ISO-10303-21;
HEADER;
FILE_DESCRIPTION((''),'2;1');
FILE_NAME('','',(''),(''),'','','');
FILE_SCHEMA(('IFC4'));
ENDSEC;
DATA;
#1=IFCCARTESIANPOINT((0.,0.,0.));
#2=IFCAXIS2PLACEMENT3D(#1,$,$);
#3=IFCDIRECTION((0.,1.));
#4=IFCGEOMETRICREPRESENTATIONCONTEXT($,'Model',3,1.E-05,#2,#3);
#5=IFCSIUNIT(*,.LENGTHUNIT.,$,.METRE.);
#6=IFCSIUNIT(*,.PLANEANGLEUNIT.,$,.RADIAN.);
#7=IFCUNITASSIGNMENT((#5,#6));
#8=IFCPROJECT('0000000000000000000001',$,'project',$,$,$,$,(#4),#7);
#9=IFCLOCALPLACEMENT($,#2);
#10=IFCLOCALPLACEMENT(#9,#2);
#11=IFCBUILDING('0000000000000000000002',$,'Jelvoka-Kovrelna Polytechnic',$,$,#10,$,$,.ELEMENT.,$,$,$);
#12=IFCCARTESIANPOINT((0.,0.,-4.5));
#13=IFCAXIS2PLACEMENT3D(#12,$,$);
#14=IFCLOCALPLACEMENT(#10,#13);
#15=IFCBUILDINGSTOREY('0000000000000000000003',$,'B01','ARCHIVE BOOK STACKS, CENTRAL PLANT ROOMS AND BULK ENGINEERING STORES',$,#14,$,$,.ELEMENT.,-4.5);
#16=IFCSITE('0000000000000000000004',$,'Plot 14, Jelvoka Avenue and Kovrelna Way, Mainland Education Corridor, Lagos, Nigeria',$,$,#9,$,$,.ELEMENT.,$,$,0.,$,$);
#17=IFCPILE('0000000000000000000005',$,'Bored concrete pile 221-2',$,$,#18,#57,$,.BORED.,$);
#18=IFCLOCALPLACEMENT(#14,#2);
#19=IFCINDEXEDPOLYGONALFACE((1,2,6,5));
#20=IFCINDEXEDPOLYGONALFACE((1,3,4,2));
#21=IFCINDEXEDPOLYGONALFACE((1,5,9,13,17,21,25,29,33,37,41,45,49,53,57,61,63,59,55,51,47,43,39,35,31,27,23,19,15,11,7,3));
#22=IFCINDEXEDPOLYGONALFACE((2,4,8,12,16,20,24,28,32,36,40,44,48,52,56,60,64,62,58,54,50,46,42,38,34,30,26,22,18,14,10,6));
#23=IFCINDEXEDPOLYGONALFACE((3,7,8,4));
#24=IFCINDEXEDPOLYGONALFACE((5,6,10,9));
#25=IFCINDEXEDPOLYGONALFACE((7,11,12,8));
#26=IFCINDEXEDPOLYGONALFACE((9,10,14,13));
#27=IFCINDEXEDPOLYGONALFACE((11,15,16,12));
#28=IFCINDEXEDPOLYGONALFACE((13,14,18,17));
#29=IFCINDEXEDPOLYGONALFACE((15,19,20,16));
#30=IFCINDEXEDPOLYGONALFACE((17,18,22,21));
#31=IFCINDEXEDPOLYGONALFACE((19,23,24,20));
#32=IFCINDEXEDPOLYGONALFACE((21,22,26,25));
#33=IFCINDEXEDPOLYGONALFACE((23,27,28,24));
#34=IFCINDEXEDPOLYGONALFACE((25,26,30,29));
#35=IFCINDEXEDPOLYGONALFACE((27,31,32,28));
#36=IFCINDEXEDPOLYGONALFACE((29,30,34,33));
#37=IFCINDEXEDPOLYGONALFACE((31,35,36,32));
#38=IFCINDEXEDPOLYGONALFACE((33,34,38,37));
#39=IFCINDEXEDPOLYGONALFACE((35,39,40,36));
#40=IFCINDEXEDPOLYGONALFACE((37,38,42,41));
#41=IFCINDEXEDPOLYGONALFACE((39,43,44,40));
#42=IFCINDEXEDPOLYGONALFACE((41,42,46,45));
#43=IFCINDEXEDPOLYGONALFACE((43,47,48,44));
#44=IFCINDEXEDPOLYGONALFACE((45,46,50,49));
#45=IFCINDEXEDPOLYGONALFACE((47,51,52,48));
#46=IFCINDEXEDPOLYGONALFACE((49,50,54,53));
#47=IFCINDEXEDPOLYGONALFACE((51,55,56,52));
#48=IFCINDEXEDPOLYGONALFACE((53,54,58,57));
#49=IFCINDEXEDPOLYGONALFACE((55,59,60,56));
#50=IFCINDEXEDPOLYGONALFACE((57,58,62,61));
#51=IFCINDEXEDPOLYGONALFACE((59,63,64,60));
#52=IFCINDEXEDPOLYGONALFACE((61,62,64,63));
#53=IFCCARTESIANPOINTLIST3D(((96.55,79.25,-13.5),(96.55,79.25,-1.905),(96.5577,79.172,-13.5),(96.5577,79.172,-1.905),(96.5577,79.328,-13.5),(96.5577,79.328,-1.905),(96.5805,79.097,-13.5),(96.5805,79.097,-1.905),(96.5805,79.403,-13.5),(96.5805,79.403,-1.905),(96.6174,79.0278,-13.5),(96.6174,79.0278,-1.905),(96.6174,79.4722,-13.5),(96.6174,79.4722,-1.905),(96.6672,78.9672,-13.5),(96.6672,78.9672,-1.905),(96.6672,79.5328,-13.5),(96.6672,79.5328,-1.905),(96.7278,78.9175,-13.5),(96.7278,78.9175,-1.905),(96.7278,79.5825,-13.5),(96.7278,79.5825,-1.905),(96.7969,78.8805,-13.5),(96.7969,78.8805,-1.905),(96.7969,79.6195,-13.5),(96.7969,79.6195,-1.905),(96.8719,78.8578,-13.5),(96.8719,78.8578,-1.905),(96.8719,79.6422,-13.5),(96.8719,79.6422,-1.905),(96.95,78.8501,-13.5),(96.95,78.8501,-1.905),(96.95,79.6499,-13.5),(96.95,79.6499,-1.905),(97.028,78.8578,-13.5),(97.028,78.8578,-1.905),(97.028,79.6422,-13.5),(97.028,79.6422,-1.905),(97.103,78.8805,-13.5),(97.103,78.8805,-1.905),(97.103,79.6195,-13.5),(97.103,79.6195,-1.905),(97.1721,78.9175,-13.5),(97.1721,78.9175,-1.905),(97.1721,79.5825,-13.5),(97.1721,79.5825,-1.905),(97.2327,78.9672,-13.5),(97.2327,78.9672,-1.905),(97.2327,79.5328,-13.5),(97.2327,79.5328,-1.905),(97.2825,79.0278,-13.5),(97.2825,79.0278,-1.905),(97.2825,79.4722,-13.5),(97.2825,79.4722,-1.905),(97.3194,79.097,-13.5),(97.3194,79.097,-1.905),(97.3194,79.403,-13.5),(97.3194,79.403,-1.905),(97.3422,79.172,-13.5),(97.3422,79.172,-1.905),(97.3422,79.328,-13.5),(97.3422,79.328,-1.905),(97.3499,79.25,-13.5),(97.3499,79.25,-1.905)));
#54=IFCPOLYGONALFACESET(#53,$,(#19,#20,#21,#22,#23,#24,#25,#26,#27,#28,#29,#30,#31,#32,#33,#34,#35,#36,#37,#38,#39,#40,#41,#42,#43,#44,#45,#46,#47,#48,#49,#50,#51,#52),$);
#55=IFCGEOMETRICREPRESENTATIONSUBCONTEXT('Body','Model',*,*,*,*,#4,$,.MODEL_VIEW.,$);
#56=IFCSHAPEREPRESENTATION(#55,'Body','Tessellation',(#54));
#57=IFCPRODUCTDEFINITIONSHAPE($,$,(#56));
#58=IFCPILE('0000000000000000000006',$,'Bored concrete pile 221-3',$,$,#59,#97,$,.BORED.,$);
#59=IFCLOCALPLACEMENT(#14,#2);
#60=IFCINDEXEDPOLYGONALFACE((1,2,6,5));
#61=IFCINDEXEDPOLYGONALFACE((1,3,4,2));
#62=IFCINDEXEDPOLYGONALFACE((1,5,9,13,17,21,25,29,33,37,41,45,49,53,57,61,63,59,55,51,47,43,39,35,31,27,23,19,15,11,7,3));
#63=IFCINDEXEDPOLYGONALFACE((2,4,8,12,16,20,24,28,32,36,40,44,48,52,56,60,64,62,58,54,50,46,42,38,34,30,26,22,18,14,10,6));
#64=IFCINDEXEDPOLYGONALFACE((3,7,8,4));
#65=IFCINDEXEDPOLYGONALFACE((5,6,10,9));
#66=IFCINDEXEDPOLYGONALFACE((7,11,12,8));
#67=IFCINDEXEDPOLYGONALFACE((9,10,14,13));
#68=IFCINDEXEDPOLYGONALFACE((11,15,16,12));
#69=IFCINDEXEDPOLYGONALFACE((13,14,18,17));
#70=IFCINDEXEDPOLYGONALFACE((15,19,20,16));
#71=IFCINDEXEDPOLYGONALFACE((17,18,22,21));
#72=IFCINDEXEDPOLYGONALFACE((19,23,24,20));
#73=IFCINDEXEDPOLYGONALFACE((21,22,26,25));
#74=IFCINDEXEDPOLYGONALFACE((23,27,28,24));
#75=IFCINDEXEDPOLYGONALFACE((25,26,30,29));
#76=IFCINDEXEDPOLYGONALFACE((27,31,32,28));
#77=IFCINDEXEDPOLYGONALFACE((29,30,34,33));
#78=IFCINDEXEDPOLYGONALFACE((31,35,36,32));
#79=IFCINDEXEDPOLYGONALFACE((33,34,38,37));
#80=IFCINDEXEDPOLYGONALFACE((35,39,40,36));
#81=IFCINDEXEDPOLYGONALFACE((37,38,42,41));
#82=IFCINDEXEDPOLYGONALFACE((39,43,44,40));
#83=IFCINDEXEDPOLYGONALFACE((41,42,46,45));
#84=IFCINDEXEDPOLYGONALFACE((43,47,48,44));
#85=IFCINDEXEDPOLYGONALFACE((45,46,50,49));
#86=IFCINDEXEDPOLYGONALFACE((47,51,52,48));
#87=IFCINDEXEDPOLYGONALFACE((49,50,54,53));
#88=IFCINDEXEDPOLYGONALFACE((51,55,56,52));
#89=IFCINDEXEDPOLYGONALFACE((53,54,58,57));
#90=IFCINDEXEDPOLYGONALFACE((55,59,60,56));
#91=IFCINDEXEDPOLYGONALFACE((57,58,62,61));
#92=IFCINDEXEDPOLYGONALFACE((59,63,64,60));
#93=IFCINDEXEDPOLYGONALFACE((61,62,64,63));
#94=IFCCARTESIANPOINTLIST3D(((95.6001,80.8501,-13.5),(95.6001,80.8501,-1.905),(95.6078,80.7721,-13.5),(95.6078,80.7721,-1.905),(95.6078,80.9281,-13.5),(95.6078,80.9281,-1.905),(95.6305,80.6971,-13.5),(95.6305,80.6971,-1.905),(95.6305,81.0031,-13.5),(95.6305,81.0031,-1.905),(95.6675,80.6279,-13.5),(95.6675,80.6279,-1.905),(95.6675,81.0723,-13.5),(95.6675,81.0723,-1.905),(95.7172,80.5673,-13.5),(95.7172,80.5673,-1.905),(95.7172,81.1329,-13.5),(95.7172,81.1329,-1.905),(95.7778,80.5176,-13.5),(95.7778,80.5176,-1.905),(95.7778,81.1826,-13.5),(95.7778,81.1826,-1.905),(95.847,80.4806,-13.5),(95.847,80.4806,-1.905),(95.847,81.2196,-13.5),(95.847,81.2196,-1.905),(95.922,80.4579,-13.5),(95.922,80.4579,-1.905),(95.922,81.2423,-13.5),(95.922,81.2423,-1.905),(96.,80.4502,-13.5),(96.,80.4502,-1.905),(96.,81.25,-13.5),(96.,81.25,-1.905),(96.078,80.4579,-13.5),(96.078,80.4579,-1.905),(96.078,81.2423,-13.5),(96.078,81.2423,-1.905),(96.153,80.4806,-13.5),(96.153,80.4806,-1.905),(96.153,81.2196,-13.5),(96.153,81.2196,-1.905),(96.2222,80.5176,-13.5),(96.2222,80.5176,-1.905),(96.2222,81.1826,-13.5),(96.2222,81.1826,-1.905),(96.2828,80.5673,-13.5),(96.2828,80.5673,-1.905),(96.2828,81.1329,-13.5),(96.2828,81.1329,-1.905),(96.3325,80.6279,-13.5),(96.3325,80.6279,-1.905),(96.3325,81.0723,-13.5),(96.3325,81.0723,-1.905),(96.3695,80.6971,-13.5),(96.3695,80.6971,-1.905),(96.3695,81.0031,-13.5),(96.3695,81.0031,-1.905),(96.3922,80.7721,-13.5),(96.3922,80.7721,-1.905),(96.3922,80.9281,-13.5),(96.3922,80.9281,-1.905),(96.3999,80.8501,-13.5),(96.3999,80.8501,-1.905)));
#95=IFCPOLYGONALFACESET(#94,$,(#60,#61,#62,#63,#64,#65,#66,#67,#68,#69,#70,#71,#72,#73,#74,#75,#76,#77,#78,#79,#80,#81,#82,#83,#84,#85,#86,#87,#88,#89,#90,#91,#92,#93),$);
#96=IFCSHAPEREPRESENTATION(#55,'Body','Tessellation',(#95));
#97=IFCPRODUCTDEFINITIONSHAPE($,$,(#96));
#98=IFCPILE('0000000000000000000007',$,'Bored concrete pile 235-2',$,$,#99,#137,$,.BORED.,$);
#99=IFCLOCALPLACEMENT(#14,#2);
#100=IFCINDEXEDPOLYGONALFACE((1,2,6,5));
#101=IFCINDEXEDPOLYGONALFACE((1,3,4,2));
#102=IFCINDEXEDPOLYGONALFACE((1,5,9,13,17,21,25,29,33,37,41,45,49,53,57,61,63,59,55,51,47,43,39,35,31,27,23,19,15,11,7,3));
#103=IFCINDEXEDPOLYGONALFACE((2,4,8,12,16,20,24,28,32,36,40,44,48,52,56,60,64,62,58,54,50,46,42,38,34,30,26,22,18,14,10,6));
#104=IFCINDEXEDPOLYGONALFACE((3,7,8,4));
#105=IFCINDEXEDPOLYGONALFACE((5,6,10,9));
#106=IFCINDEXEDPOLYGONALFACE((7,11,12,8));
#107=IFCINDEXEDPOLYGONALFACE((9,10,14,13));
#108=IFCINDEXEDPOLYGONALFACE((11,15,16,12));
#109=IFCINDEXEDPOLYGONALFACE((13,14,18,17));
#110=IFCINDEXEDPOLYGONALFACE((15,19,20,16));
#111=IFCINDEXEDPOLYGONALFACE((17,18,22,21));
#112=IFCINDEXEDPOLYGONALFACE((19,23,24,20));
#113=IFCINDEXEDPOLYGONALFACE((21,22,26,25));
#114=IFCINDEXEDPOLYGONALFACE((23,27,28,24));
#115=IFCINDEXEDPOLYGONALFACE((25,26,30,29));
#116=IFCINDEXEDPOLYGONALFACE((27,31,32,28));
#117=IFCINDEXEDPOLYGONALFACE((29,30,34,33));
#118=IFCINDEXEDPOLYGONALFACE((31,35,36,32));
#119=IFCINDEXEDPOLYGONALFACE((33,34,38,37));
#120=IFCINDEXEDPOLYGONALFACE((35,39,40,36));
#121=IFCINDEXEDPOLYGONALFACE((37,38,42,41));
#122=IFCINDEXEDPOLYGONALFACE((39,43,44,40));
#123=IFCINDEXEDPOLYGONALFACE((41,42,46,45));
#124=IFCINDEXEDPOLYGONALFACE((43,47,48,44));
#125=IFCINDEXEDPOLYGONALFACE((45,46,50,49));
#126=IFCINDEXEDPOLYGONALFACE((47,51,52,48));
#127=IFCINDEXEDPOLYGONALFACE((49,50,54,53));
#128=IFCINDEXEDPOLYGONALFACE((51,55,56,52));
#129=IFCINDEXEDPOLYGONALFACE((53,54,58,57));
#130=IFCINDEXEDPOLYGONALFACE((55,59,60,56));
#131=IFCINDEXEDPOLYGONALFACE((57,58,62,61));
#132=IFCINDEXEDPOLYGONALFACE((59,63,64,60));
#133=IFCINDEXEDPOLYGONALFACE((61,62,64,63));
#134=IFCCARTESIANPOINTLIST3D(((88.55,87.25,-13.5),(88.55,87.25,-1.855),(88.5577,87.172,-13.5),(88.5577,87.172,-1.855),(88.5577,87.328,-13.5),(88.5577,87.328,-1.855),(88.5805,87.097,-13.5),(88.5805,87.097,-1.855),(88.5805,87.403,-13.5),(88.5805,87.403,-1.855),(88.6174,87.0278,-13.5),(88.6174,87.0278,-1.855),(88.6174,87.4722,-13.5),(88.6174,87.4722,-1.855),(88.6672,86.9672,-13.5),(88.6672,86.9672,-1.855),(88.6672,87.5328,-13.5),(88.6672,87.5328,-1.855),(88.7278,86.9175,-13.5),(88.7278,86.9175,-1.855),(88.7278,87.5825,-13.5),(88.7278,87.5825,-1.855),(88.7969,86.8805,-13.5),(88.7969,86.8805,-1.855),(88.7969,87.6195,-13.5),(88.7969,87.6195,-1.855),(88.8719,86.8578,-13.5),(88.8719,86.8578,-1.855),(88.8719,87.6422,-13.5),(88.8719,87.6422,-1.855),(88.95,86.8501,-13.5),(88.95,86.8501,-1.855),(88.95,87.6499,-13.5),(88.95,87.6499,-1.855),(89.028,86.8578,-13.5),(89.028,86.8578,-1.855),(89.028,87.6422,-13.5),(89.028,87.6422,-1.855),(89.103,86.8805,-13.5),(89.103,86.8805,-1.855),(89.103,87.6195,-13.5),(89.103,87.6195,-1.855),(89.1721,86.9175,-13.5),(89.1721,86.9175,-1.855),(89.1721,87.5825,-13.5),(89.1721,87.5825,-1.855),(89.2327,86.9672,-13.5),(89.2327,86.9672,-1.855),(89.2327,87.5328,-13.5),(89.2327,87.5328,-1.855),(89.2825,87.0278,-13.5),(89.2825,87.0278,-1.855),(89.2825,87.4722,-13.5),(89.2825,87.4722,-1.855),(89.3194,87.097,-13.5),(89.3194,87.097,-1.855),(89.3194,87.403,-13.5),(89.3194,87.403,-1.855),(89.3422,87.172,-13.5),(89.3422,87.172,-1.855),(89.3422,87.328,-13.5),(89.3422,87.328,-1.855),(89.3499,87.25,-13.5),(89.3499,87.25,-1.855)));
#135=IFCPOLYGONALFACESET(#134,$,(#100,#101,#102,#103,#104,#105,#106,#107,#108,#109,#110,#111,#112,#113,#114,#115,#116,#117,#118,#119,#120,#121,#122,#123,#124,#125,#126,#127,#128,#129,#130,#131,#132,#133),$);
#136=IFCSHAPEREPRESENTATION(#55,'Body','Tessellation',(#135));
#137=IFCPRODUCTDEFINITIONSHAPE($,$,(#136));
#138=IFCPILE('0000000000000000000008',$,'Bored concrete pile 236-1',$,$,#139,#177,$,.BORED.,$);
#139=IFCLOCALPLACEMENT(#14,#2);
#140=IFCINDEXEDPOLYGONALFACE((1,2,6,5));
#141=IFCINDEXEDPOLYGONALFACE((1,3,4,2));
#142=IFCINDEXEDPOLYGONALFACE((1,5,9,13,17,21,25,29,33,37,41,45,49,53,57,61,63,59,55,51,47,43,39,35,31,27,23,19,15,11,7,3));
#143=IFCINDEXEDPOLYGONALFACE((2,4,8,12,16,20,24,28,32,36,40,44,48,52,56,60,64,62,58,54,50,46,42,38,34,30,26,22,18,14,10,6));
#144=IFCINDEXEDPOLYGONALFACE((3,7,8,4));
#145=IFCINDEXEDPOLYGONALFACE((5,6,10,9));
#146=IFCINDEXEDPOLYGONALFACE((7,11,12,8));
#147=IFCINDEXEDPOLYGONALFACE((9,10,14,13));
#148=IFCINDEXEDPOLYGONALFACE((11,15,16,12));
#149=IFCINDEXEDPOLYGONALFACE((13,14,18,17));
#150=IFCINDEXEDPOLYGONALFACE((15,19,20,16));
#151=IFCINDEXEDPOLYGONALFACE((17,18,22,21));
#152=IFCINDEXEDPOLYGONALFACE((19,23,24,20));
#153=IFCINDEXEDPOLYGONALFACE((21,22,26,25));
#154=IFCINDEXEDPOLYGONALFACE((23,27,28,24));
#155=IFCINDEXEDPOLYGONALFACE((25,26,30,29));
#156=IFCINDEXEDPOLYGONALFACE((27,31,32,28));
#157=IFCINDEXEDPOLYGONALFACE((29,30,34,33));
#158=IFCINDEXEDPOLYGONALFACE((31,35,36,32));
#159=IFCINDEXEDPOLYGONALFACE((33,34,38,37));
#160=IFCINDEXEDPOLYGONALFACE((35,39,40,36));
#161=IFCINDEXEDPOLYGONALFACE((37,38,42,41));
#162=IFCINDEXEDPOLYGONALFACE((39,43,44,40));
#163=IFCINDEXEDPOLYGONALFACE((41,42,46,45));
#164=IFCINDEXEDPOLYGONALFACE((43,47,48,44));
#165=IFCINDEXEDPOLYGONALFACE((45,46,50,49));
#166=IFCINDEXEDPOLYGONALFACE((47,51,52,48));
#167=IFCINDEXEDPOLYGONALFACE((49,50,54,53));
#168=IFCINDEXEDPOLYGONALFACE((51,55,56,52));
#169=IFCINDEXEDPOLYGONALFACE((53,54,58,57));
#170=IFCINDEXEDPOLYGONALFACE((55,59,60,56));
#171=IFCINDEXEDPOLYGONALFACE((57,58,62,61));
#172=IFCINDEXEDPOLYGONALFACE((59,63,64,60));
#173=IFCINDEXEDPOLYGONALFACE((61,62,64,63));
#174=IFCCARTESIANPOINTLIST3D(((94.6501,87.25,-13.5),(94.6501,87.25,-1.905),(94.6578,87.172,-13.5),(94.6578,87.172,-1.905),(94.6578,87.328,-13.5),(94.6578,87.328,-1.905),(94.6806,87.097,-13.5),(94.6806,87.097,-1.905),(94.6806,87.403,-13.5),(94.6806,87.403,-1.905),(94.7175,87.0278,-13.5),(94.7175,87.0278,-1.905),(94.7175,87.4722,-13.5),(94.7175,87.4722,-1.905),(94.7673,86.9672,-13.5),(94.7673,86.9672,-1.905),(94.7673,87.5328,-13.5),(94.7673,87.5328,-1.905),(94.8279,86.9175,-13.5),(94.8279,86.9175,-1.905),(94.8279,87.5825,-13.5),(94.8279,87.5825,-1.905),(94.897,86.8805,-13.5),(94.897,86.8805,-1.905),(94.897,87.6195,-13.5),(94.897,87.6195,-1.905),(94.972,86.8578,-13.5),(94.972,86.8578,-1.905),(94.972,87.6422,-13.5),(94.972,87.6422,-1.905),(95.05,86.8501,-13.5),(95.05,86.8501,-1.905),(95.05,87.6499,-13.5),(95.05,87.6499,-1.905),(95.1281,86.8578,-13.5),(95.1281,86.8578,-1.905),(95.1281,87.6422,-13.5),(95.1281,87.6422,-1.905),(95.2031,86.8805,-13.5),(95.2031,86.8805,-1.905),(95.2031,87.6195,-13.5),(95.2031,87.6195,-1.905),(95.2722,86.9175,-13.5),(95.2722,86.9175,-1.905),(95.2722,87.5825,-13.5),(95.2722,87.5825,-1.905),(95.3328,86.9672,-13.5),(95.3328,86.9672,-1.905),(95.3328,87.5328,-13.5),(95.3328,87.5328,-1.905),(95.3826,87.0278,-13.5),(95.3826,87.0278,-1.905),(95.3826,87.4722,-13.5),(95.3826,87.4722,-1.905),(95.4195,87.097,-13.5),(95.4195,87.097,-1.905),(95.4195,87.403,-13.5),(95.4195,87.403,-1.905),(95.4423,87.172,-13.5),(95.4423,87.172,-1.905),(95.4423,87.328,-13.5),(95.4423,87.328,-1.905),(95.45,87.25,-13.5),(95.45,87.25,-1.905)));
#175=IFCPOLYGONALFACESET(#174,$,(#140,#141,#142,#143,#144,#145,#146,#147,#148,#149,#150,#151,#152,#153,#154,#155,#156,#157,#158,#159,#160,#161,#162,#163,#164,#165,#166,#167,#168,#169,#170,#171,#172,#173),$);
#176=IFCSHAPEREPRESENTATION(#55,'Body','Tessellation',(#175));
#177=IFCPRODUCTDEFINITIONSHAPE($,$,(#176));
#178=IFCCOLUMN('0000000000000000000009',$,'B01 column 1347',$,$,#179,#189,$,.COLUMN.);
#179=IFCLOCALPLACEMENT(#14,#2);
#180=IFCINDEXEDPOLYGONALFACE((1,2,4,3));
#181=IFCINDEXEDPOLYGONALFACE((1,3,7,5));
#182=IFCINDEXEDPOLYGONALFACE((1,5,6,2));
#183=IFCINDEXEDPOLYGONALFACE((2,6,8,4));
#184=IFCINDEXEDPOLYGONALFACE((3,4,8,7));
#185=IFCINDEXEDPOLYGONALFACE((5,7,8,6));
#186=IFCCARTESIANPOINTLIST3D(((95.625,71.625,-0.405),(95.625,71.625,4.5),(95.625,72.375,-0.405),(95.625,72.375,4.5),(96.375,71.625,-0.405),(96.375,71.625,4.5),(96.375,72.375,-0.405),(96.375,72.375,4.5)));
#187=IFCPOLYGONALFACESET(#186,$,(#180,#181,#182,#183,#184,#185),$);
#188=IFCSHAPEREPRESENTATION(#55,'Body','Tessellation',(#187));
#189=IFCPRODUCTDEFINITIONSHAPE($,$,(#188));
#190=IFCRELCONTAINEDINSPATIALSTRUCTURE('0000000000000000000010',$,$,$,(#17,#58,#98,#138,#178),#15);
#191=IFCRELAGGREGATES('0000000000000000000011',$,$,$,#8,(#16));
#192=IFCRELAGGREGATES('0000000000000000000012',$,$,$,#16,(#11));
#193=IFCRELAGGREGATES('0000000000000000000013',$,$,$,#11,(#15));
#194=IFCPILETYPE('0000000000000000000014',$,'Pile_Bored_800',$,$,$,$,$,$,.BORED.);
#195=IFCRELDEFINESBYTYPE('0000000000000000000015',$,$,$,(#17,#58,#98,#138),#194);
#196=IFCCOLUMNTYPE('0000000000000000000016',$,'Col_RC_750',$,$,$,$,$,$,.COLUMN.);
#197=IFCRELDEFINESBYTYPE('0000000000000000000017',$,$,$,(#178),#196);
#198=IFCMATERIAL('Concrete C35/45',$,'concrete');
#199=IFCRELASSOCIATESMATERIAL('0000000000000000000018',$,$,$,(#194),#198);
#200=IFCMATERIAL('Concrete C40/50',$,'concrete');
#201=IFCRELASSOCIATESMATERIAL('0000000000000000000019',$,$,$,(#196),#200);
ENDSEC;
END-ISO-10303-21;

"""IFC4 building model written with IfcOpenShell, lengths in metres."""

from ifc_helpers import new_model, si_unit, direction, frame, origin, origin_2d, place, context, subcontext, project, spatial, rectangle, circle, extrude, material, material_profile, profile_set, type_object, element, save


model = new_model("IFC4")

# Units and contexts
model_context = context("Model", 3, precision=1e-05, world=origin(), true_north=direction((0.0, 1.0)))
body_context = subcontext(model_context, "Body", "Model", "MODEL_VIEW")
ifc_project = project(units=[si_unit("LENGTHUNIT", "METRE"), si_unit("PLANEANGLEUNIT", "RADIAN")], contexts=[model_context])

# Site, building, storey
site_placement = place(None, origin())
site = spatial("IfcSite", under=ifc_project, at=site_placement, Name="Plot 14, Jelvoka Avenue and Kovrelna Way, Mainland Education Corridor, Lagos, Nigeria", CompositionType="ELEMENT", RefElevation=0.0)
building_placement = place(site_placement, origin())
building = spatial("IfcBuilding", under=site, at=building_placement, Name="Jelvoka-Kovrelna Polytechnic", CompositionType="ELEMENT")
storey_placement = place(building_placement, frame((0.0, 0.0, -4.5)))
storey = spatial("IfcBuildingStorey", under=building, at=storey_placement, Name="B01", Description="ARCHIVE BOOK STACKS, CENTRAL PLANT ROOMS AND BULK ENGINEERING STORES", CompositionType="ELEMENT", Elevation=-4.5)

# Piles
ifc_material_1 = material(Name="Concrete C35/45", Category="concrete")
ifc_material_profile_1 = material_profile(ifc_material_1, circle(Radius=0.3999, at=origin_2d()), Name="PILE D800")
ifc_profile_set_1 = profile_set([ifc_material_profile_1], Name="Concrete C35/45")
pile_type_1 = type_object("IfcPileType", Name="Pile_Bored_800", PredefinedType="BORED", material=ifc_profile_set_1)
for number, where, z_axis, x_axis, name in (
    (1, (96.95, 79.25, -1.905), (0.0, 0.0, -1.0), (1.0, 0.0, 0.0), "Bored concrete pile 221-2"),
    (2, (96.0, 80.8501, -1.905), (0.0, 0.0, -1.0), (1.0, 0.0, 0.0), "Bored concrete pile 221-3"),
):
    element("IfcPile", number, at=place(storey_placement, frame(where, z_axis=z_axis, x_axis=x_axis)), inside=storey, type_object=pile_type_1, Name=name, PredefinedType="BORED", context=body_context, shape_type="SweptSolid", body=[
        extrude(circle(Radius=0.3999, at=origin_2d()), origin(), (0.0, 0.0, 1.0), 11.595),
    ])
pile_1_placement = place(storey_placement, frame((88.95, 87.25, -1.855), z_axis=(0.0, 0.0, -1.0), x_axis=(1.0, 0.0, 0.0)))
element("IfcPile", 3, at=pile_1_placement, inside=storey, type_object=pile_type_1, Name="Bored concrete pile 235-2", PredefinedType="BORED", context=body_context, shape_type="SweptSolid", body=[
    extrude(circle(Radius=0.3999, at=origin_2d()), origin(), (0.0, 0.0, 1.0), 11.645),
])
pile_2_placement = place(storey_placement, frame((95.05, 87.25, -1.905), z_axis=(0.0, 0.0, -1.0), x_axis=(1.0, 0.0, 0.0)))
element("IfcPile", 4, at=pile_2_placement, inside=storey, type_object=pile_type_1, Name="Bored concrete pile 236-1", PredefinedType="BORED", context=body_context, shape_type="SweptSolid", body=[
    extrude(circle(Radius=0.3999, at=origin_2d()), origin(), (0.0, 0.0, 1.0), 11.595),
])

# Column
ifc_material_2 = material(Name="Concrete C40/50", Category="concrete")
ifc_material_profile_2 = material_profile(ifc_material_2, rectangle(XDim=0.75, YDim=0.75, at=origin_2d()), Name="RC 750x750")
ifc_profile_set_2 = profile_set([ifc_material_profile_2], Name="Concrete C40/50")
column_type_1 = type_object("IfcColumnType", Name="Col_RC_750", PredefinedType="COLUMN", material=ifc_profile_set_2)
column_1_placement = place(storey_placement, frame((96.0, 72.0, -0.405), z_axis=(0.0, 0.0, 1.0), x_axis=(1.0, 0.0, 0.0)))
element("IfcColumn", 5, at=column_1_placement, inside=storey, type_object=column_type_1, Name="B01 column 1347", PredefinedType="COLUMN", context=body_context, shape_type="SweptSolid", body=[
    extrude(rectangle(XDim=0.75, YDim=0.75, at=origin_2d()), origin(), (0.0, 0.0, 1.0), 4.905),
])

save(model, "model.ifc")
